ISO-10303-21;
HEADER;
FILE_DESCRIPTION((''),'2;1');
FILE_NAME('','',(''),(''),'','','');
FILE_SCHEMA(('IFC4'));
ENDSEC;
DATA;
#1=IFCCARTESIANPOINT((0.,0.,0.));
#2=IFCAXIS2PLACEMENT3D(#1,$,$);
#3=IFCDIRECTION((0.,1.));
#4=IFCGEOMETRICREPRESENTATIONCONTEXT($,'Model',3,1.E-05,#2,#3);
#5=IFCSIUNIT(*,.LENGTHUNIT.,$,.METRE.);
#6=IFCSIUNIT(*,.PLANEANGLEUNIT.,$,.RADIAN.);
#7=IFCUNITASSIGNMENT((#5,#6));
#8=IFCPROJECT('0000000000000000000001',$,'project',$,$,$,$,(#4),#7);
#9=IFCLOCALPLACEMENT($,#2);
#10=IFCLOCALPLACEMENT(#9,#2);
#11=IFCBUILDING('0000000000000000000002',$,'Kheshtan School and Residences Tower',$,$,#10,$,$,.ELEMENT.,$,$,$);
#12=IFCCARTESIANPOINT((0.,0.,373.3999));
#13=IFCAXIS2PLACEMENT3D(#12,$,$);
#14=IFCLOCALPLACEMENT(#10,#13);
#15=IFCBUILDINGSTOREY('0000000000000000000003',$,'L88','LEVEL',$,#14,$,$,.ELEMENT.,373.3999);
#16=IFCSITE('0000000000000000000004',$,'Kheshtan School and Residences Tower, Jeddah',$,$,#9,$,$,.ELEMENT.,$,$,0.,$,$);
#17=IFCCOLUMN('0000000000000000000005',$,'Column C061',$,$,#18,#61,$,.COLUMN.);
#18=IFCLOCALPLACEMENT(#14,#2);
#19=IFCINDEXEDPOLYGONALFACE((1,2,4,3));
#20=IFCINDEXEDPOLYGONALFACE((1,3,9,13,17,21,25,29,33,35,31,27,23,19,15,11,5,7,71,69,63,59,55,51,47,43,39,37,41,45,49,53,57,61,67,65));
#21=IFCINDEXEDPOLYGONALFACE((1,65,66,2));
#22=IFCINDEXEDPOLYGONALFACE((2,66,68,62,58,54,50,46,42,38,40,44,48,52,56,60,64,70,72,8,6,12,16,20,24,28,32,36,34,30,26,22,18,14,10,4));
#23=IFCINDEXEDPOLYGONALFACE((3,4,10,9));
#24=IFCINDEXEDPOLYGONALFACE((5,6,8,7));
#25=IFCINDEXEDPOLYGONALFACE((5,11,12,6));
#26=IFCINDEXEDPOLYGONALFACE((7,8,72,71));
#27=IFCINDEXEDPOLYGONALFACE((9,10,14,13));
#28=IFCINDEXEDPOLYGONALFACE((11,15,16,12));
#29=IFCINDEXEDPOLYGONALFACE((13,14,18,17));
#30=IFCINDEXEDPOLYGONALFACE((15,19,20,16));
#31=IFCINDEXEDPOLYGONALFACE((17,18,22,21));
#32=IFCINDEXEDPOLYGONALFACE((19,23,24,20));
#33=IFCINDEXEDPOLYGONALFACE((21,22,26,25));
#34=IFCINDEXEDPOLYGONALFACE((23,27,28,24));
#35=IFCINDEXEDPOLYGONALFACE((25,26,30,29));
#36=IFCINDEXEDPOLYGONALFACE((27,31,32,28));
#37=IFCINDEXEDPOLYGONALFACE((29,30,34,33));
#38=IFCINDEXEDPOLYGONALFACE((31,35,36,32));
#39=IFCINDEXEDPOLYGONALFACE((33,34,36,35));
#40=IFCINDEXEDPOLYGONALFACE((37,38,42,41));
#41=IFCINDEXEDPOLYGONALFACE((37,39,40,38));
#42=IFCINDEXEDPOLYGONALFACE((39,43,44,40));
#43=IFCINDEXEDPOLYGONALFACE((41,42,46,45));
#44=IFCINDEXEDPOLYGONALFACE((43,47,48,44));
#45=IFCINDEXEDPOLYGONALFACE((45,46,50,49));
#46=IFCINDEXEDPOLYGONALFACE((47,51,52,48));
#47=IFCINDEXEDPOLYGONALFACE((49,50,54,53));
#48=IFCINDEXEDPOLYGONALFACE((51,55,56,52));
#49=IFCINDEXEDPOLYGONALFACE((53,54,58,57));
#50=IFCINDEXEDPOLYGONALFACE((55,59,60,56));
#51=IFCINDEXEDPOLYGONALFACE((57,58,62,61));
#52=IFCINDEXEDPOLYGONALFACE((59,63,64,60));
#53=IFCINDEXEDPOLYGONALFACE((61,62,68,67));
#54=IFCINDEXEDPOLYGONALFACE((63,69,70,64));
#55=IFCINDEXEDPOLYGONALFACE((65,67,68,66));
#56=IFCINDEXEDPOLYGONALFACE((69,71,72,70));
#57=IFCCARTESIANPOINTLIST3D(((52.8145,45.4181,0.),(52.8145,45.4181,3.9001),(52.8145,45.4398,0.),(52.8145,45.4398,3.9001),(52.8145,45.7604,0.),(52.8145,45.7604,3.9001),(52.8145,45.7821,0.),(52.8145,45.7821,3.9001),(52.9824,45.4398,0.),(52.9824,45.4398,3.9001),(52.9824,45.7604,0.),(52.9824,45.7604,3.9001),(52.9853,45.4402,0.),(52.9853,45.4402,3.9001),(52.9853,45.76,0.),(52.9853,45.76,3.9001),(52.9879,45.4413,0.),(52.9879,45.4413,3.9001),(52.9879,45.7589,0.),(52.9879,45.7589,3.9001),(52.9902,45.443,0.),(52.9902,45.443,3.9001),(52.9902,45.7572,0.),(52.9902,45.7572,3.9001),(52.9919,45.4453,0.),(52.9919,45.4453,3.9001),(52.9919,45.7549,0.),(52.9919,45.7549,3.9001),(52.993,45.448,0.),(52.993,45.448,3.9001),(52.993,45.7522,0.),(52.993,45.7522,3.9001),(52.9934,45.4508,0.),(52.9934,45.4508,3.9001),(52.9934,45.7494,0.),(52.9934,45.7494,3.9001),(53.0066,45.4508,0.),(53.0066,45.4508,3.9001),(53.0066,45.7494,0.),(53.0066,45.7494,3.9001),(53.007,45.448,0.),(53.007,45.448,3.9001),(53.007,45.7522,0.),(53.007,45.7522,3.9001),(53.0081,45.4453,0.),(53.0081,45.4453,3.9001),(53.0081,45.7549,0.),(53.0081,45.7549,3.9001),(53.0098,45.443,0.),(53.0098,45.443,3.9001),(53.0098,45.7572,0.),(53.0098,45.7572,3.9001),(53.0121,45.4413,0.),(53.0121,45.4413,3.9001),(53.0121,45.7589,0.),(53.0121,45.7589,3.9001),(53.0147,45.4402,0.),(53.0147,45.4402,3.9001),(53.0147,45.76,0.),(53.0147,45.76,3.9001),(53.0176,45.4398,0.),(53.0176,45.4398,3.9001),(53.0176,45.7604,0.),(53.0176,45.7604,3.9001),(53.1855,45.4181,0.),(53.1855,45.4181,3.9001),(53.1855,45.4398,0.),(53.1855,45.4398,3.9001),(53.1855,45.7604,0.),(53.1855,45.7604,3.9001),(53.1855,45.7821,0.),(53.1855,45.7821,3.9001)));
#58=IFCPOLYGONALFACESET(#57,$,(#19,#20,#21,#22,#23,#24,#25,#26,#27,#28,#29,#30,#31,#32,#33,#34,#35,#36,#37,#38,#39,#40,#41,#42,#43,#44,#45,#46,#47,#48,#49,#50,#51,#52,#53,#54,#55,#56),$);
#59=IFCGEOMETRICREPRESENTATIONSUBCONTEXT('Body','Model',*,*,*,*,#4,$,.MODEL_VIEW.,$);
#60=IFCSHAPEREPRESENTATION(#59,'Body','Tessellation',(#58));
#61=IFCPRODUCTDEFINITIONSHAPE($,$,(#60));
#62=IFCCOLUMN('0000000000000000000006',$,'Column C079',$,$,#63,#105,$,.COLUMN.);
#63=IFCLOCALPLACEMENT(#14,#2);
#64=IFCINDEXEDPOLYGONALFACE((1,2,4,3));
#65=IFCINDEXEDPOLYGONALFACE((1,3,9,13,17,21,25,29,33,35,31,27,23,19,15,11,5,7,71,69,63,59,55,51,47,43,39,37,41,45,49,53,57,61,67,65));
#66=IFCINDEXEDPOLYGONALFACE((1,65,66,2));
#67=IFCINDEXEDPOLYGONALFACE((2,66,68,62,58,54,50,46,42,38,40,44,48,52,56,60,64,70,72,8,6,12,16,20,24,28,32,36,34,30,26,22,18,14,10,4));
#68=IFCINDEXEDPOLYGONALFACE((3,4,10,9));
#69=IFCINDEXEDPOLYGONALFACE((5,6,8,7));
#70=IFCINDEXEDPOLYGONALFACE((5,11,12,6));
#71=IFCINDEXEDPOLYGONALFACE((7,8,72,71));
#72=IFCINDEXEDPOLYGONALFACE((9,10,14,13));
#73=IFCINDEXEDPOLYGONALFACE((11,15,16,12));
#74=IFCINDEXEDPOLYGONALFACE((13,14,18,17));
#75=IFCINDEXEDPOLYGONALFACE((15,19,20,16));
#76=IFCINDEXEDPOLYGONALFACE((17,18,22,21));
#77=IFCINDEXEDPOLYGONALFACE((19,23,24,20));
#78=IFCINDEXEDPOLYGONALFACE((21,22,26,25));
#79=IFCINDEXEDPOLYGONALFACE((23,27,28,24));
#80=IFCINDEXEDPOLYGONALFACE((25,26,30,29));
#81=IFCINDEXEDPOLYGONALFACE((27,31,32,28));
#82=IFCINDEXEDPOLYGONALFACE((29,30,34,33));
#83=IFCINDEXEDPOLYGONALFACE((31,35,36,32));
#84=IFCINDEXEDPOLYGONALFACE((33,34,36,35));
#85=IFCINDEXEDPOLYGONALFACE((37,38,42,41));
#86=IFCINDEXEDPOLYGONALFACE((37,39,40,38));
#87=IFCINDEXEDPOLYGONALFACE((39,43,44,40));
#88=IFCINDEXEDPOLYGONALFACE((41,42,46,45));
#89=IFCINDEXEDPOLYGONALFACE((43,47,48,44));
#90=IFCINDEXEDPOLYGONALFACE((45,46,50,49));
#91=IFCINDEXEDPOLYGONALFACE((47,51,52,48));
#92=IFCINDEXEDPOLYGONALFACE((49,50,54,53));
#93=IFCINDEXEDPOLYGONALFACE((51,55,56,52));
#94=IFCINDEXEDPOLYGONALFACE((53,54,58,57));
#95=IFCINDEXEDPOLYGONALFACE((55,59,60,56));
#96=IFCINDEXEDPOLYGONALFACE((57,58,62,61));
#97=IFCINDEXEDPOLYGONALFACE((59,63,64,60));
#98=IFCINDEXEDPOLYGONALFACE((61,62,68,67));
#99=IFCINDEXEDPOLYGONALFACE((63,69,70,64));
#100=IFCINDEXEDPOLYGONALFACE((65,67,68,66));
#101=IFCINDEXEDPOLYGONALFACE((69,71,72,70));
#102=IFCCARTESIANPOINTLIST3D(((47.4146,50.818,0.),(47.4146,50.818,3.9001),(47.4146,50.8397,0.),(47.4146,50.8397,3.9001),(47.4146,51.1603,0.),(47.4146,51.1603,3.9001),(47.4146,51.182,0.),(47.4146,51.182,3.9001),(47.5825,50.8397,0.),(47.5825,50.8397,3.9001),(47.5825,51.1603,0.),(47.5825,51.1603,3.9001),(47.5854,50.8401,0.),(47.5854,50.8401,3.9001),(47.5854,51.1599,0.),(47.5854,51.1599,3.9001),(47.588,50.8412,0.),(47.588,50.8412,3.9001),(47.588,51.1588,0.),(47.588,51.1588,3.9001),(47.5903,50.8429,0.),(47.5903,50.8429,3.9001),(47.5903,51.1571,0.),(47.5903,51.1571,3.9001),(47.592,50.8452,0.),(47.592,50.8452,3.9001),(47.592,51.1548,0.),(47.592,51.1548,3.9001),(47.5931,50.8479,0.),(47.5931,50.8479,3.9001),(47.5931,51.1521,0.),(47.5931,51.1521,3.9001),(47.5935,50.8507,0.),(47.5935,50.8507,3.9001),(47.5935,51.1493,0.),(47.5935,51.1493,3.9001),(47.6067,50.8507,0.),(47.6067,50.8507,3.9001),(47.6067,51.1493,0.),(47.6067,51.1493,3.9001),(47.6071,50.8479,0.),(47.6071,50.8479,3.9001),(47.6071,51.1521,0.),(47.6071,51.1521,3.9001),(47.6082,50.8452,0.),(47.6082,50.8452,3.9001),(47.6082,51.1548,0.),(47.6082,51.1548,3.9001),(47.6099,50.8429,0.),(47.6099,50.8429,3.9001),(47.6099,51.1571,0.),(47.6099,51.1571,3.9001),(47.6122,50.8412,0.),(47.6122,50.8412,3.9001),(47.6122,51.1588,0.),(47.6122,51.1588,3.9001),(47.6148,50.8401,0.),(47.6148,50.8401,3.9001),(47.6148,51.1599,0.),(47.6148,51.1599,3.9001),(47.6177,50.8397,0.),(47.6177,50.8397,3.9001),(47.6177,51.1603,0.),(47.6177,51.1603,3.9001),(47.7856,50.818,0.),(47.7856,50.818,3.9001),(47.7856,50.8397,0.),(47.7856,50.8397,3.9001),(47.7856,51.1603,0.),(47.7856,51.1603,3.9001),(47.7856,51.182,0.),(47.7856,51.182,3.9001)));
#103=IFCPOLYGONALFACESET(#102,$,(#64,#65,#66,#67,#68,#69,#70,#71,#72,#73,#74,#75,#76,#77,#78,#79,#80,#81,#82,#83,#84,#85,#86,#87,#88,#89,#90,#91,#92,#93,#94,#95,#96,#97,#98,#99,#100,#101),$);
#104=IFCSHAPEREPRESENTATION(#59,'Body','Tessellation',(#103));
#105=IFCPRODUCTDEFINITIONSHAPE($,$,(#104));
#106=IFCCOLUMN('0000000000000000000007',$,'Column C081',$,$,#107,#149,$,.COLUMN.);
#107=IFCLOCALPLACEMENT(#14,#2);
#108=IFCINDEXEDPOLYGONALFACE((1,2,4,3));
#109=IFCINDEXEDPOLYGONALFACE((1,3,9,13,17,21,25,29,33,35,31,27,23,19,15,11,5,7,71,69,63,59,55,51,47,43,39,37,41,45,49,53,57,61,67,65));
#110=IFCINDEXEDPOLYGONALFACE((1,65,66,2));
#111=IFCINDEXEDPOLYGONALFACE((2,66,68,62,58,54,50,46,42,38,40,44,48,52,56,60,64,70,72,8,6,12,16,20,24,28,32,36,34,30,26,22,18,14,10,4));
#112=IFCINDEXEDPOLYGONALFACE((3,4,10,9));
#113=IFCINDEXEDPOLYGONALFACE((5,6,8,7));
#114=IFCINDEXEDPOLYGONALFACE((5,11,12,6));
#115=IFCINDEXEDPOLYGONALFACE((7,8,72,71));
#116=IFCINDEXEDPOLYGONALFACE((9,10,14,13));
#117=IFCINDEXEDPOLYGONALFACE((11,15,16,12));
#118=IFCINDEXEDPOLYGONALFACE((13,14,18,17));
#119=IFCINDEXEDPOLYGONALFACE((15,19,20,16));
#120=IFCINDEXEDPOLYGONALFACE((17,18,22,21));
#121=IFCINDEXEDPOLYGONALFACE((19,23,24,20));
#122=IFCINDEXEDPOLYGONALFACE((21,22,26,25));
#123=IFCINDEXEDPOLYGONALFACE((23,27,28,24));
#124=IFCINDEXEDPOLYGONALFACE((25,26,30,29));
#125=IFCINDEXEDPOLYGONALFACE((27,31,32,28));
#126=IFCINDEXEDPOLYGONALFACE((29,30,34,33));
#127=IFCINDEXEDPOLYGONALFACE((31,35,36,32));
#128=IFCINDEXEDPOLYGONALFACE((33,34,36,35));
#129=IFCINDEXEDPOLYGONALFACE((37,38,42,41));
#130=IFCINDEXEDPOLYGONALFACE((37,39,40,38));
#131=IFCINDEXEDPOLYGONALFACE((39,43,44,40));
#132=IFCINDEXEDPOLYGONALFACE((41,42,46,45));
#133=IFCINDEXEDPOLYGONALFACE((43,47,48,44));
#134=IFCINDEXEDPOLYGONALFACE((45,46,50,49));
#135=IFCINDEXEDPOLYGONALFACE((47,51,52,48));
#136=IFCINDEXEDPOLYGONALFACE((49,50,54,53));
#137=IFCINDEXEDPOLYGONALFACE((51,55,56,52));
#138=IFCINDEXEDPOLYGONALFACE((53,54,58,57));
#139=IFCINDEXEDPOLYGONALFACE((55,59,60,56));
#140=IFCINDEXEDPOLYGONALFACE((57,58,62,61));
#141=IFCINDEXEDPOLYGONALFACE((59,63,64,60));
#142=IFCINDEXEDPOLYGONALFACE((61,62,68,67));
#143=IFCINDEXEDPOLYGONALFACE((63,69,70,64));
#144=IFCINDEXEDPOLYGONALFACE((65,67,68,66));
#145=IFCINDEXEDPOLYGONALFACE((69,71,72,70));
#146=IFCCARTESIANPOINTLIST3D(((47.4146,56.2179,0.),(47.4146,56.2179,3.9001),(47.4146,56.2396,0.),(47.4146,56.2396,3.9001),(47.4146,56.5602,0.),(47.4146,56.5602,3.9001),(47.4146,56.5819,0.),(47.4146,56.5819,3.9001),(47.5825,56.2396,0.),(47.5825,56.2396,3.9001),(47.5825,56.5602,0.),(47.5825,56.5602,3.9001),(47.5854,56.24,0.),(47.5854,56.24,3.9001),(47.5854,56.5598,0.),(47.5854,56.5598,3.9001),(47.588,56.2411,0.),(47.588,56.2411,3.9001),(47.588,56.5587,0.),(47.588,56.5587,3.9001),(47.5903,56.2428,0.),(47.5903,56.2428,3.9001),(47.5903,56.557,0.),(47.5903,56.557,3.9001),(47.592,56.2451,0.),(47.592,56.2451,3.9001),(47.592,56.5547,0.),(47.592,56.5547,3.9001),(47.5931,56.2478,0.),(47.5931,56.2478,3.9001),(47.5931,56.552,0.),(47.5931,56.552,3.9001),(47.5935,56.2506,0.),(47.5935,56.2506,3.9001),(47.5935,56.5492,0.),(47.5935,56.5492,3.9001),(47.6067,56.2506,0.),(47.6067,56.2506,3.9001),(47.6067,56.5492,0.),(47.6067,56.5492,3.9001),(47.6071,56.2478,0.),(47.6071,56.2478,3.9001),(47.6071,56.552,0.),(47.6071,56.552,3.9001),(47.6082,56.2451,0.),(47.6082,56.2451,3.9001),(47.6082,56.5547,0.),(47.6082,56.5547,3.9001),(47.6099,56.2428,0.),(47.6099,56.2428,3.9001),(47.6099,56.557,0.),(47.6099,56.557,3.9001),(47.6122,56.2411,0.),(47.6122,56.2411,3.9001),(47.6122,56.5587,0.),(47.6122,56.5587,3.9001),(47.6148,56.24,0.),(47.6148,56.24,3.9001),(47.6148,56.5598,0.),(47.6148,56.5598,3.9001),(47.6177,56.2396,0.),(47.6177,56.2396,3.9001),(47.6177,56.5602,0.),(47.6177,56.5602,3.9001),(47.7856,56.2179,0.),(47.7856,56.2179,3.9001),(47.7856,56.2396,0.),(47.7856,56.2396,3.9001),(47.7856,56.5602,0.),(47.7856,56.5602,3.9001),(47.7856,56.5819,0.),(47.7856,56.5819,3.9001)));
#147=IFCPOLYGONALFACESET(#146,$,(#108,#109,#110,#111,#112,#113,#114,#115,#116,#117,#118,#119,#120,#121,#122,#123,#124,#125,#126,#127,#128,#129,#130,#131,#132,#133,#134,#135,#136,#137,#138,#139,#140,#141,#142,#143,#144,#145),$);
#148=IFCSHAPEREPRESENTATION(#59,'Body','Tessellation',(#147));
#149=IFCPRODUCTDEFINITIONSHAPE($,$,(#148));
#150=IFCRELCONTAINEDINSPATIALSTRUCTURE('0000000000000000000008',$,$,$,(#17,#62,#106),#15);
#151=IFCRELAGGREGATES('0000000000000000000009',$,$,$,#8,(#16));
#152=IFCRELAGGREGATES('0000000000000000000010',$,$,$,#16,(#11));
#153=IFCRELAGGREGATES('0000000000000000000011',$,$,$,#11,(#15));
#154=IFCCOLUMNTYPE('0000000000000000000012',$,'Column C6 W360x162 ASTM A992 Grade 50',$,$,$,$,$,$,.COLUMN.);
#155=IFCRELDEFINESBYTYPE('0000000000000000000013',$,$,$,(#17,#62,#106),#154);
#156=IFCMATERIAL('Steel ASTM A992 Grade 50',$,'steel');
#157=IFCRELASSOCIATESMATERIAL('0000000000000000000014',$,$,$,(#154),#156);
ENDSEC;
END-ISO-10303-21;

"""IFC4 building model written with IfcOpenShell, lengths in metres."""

from ifc_helpers import new_model, si_unit, direction, frame, origin, origin_2d, place, context, subcontext, project, spatial, i_section, extrude, material, material_profile, profile_set, type_object, element, save


model = new_model("IFC4")

# Units and contexts
model_context = context("Model", 3, precision=1e-05, world=origin(), true_north=direction((0.0, 1.0)))
body_context = subcontext(model_context, "Body", "Model", "MODEL_VIEW")
ifc_project = project(units=[si_unit("LENGTHUNIT", "METRE"), si_unit("PLANEANGLEUNIT", "RADIAN")], contexts=[model_context])

# Site, building, storey
site_placement = place(None, origin())
site = spatial("IfcSite", under=ifc_project, at=site_placement, Name="Kheshtan School and Residences Tower, Jeddah", CompositionType="ELEMENT", RefElevation=0.0)
building_placement = place(site_placement, origin())
building = spatial("IfcBuilding", under=site, at=building_placement, Name="Kheshtan School and Residences Tower", CompositionType="ELEMENT")
storey_placement = place(building_placement, frame((0.0, 0.0, 373.3999)))
storey = spatial("IfcBuildingStorey", under=building, at=storey_placement, Name="L88", Description="LEVEL", CompositionType="ELEMENT", Elevation=373.3999)

# Columns
ifc_material_1 = material(Name="Steel ASTM A992 Grade 50", Category="steel")
ifc_material_profile_1 = material_profile(ifc_material_1, i_section(OverallWidth=0.3711, OverallDepth=0.364, WebThickness=0.0132, FlangeThickness=0.0217, FilletRadius=0.011, at=origin_2d()), Name="W360x162")
ifc_profile_set_1 = profile_set([ifc_material_profile_1], Name="Steel ASTM A992 Grade 50")
column_type_1 = type_object("IfcColumnType", Name="Column C6 W360x162 ASTM A992 Grade 50", PredefinedType="COLUMN", material=ifc_profile_set_1)
for number, where, z_axis, x_axis, name in (
    (1, (53.0, 45.6001, 0.0), (0.0, 0.0, 1.0), (1.0, 0.0, 0.0), "Column C061"),
    (2, (47.6001, 51.0, 0.0), (0.0, 0.0, 1.0), (1.0, 0.0, 0.0), "Column C079"),
    (3, (47.6001, 56.3999, 0.0), (0.0, 0.0, 1.0), (1.0, 0.0, 0.0), "Column C081"),
):
    element("IfcColumn", number, at=place(storey_placement, frame(where, z_axis=z_axis, x_axis=x_axis)), inside=storey, type_object=column_type_1, Name=name, PredefinedType="COLUMN", context=body_context, shape_type="SweptSolid", body=[
        extrude(i_section(OverallWidth=0.3711, OverallDepth=0.364, WebThickness=0.0132, FlangeThickness=0.0217, FilletRadius=0.011, at=origin_2d()), origin(), (0.0, 0.0, 1.0), 3.9001),
    ])

save(model, "model.ifc")
